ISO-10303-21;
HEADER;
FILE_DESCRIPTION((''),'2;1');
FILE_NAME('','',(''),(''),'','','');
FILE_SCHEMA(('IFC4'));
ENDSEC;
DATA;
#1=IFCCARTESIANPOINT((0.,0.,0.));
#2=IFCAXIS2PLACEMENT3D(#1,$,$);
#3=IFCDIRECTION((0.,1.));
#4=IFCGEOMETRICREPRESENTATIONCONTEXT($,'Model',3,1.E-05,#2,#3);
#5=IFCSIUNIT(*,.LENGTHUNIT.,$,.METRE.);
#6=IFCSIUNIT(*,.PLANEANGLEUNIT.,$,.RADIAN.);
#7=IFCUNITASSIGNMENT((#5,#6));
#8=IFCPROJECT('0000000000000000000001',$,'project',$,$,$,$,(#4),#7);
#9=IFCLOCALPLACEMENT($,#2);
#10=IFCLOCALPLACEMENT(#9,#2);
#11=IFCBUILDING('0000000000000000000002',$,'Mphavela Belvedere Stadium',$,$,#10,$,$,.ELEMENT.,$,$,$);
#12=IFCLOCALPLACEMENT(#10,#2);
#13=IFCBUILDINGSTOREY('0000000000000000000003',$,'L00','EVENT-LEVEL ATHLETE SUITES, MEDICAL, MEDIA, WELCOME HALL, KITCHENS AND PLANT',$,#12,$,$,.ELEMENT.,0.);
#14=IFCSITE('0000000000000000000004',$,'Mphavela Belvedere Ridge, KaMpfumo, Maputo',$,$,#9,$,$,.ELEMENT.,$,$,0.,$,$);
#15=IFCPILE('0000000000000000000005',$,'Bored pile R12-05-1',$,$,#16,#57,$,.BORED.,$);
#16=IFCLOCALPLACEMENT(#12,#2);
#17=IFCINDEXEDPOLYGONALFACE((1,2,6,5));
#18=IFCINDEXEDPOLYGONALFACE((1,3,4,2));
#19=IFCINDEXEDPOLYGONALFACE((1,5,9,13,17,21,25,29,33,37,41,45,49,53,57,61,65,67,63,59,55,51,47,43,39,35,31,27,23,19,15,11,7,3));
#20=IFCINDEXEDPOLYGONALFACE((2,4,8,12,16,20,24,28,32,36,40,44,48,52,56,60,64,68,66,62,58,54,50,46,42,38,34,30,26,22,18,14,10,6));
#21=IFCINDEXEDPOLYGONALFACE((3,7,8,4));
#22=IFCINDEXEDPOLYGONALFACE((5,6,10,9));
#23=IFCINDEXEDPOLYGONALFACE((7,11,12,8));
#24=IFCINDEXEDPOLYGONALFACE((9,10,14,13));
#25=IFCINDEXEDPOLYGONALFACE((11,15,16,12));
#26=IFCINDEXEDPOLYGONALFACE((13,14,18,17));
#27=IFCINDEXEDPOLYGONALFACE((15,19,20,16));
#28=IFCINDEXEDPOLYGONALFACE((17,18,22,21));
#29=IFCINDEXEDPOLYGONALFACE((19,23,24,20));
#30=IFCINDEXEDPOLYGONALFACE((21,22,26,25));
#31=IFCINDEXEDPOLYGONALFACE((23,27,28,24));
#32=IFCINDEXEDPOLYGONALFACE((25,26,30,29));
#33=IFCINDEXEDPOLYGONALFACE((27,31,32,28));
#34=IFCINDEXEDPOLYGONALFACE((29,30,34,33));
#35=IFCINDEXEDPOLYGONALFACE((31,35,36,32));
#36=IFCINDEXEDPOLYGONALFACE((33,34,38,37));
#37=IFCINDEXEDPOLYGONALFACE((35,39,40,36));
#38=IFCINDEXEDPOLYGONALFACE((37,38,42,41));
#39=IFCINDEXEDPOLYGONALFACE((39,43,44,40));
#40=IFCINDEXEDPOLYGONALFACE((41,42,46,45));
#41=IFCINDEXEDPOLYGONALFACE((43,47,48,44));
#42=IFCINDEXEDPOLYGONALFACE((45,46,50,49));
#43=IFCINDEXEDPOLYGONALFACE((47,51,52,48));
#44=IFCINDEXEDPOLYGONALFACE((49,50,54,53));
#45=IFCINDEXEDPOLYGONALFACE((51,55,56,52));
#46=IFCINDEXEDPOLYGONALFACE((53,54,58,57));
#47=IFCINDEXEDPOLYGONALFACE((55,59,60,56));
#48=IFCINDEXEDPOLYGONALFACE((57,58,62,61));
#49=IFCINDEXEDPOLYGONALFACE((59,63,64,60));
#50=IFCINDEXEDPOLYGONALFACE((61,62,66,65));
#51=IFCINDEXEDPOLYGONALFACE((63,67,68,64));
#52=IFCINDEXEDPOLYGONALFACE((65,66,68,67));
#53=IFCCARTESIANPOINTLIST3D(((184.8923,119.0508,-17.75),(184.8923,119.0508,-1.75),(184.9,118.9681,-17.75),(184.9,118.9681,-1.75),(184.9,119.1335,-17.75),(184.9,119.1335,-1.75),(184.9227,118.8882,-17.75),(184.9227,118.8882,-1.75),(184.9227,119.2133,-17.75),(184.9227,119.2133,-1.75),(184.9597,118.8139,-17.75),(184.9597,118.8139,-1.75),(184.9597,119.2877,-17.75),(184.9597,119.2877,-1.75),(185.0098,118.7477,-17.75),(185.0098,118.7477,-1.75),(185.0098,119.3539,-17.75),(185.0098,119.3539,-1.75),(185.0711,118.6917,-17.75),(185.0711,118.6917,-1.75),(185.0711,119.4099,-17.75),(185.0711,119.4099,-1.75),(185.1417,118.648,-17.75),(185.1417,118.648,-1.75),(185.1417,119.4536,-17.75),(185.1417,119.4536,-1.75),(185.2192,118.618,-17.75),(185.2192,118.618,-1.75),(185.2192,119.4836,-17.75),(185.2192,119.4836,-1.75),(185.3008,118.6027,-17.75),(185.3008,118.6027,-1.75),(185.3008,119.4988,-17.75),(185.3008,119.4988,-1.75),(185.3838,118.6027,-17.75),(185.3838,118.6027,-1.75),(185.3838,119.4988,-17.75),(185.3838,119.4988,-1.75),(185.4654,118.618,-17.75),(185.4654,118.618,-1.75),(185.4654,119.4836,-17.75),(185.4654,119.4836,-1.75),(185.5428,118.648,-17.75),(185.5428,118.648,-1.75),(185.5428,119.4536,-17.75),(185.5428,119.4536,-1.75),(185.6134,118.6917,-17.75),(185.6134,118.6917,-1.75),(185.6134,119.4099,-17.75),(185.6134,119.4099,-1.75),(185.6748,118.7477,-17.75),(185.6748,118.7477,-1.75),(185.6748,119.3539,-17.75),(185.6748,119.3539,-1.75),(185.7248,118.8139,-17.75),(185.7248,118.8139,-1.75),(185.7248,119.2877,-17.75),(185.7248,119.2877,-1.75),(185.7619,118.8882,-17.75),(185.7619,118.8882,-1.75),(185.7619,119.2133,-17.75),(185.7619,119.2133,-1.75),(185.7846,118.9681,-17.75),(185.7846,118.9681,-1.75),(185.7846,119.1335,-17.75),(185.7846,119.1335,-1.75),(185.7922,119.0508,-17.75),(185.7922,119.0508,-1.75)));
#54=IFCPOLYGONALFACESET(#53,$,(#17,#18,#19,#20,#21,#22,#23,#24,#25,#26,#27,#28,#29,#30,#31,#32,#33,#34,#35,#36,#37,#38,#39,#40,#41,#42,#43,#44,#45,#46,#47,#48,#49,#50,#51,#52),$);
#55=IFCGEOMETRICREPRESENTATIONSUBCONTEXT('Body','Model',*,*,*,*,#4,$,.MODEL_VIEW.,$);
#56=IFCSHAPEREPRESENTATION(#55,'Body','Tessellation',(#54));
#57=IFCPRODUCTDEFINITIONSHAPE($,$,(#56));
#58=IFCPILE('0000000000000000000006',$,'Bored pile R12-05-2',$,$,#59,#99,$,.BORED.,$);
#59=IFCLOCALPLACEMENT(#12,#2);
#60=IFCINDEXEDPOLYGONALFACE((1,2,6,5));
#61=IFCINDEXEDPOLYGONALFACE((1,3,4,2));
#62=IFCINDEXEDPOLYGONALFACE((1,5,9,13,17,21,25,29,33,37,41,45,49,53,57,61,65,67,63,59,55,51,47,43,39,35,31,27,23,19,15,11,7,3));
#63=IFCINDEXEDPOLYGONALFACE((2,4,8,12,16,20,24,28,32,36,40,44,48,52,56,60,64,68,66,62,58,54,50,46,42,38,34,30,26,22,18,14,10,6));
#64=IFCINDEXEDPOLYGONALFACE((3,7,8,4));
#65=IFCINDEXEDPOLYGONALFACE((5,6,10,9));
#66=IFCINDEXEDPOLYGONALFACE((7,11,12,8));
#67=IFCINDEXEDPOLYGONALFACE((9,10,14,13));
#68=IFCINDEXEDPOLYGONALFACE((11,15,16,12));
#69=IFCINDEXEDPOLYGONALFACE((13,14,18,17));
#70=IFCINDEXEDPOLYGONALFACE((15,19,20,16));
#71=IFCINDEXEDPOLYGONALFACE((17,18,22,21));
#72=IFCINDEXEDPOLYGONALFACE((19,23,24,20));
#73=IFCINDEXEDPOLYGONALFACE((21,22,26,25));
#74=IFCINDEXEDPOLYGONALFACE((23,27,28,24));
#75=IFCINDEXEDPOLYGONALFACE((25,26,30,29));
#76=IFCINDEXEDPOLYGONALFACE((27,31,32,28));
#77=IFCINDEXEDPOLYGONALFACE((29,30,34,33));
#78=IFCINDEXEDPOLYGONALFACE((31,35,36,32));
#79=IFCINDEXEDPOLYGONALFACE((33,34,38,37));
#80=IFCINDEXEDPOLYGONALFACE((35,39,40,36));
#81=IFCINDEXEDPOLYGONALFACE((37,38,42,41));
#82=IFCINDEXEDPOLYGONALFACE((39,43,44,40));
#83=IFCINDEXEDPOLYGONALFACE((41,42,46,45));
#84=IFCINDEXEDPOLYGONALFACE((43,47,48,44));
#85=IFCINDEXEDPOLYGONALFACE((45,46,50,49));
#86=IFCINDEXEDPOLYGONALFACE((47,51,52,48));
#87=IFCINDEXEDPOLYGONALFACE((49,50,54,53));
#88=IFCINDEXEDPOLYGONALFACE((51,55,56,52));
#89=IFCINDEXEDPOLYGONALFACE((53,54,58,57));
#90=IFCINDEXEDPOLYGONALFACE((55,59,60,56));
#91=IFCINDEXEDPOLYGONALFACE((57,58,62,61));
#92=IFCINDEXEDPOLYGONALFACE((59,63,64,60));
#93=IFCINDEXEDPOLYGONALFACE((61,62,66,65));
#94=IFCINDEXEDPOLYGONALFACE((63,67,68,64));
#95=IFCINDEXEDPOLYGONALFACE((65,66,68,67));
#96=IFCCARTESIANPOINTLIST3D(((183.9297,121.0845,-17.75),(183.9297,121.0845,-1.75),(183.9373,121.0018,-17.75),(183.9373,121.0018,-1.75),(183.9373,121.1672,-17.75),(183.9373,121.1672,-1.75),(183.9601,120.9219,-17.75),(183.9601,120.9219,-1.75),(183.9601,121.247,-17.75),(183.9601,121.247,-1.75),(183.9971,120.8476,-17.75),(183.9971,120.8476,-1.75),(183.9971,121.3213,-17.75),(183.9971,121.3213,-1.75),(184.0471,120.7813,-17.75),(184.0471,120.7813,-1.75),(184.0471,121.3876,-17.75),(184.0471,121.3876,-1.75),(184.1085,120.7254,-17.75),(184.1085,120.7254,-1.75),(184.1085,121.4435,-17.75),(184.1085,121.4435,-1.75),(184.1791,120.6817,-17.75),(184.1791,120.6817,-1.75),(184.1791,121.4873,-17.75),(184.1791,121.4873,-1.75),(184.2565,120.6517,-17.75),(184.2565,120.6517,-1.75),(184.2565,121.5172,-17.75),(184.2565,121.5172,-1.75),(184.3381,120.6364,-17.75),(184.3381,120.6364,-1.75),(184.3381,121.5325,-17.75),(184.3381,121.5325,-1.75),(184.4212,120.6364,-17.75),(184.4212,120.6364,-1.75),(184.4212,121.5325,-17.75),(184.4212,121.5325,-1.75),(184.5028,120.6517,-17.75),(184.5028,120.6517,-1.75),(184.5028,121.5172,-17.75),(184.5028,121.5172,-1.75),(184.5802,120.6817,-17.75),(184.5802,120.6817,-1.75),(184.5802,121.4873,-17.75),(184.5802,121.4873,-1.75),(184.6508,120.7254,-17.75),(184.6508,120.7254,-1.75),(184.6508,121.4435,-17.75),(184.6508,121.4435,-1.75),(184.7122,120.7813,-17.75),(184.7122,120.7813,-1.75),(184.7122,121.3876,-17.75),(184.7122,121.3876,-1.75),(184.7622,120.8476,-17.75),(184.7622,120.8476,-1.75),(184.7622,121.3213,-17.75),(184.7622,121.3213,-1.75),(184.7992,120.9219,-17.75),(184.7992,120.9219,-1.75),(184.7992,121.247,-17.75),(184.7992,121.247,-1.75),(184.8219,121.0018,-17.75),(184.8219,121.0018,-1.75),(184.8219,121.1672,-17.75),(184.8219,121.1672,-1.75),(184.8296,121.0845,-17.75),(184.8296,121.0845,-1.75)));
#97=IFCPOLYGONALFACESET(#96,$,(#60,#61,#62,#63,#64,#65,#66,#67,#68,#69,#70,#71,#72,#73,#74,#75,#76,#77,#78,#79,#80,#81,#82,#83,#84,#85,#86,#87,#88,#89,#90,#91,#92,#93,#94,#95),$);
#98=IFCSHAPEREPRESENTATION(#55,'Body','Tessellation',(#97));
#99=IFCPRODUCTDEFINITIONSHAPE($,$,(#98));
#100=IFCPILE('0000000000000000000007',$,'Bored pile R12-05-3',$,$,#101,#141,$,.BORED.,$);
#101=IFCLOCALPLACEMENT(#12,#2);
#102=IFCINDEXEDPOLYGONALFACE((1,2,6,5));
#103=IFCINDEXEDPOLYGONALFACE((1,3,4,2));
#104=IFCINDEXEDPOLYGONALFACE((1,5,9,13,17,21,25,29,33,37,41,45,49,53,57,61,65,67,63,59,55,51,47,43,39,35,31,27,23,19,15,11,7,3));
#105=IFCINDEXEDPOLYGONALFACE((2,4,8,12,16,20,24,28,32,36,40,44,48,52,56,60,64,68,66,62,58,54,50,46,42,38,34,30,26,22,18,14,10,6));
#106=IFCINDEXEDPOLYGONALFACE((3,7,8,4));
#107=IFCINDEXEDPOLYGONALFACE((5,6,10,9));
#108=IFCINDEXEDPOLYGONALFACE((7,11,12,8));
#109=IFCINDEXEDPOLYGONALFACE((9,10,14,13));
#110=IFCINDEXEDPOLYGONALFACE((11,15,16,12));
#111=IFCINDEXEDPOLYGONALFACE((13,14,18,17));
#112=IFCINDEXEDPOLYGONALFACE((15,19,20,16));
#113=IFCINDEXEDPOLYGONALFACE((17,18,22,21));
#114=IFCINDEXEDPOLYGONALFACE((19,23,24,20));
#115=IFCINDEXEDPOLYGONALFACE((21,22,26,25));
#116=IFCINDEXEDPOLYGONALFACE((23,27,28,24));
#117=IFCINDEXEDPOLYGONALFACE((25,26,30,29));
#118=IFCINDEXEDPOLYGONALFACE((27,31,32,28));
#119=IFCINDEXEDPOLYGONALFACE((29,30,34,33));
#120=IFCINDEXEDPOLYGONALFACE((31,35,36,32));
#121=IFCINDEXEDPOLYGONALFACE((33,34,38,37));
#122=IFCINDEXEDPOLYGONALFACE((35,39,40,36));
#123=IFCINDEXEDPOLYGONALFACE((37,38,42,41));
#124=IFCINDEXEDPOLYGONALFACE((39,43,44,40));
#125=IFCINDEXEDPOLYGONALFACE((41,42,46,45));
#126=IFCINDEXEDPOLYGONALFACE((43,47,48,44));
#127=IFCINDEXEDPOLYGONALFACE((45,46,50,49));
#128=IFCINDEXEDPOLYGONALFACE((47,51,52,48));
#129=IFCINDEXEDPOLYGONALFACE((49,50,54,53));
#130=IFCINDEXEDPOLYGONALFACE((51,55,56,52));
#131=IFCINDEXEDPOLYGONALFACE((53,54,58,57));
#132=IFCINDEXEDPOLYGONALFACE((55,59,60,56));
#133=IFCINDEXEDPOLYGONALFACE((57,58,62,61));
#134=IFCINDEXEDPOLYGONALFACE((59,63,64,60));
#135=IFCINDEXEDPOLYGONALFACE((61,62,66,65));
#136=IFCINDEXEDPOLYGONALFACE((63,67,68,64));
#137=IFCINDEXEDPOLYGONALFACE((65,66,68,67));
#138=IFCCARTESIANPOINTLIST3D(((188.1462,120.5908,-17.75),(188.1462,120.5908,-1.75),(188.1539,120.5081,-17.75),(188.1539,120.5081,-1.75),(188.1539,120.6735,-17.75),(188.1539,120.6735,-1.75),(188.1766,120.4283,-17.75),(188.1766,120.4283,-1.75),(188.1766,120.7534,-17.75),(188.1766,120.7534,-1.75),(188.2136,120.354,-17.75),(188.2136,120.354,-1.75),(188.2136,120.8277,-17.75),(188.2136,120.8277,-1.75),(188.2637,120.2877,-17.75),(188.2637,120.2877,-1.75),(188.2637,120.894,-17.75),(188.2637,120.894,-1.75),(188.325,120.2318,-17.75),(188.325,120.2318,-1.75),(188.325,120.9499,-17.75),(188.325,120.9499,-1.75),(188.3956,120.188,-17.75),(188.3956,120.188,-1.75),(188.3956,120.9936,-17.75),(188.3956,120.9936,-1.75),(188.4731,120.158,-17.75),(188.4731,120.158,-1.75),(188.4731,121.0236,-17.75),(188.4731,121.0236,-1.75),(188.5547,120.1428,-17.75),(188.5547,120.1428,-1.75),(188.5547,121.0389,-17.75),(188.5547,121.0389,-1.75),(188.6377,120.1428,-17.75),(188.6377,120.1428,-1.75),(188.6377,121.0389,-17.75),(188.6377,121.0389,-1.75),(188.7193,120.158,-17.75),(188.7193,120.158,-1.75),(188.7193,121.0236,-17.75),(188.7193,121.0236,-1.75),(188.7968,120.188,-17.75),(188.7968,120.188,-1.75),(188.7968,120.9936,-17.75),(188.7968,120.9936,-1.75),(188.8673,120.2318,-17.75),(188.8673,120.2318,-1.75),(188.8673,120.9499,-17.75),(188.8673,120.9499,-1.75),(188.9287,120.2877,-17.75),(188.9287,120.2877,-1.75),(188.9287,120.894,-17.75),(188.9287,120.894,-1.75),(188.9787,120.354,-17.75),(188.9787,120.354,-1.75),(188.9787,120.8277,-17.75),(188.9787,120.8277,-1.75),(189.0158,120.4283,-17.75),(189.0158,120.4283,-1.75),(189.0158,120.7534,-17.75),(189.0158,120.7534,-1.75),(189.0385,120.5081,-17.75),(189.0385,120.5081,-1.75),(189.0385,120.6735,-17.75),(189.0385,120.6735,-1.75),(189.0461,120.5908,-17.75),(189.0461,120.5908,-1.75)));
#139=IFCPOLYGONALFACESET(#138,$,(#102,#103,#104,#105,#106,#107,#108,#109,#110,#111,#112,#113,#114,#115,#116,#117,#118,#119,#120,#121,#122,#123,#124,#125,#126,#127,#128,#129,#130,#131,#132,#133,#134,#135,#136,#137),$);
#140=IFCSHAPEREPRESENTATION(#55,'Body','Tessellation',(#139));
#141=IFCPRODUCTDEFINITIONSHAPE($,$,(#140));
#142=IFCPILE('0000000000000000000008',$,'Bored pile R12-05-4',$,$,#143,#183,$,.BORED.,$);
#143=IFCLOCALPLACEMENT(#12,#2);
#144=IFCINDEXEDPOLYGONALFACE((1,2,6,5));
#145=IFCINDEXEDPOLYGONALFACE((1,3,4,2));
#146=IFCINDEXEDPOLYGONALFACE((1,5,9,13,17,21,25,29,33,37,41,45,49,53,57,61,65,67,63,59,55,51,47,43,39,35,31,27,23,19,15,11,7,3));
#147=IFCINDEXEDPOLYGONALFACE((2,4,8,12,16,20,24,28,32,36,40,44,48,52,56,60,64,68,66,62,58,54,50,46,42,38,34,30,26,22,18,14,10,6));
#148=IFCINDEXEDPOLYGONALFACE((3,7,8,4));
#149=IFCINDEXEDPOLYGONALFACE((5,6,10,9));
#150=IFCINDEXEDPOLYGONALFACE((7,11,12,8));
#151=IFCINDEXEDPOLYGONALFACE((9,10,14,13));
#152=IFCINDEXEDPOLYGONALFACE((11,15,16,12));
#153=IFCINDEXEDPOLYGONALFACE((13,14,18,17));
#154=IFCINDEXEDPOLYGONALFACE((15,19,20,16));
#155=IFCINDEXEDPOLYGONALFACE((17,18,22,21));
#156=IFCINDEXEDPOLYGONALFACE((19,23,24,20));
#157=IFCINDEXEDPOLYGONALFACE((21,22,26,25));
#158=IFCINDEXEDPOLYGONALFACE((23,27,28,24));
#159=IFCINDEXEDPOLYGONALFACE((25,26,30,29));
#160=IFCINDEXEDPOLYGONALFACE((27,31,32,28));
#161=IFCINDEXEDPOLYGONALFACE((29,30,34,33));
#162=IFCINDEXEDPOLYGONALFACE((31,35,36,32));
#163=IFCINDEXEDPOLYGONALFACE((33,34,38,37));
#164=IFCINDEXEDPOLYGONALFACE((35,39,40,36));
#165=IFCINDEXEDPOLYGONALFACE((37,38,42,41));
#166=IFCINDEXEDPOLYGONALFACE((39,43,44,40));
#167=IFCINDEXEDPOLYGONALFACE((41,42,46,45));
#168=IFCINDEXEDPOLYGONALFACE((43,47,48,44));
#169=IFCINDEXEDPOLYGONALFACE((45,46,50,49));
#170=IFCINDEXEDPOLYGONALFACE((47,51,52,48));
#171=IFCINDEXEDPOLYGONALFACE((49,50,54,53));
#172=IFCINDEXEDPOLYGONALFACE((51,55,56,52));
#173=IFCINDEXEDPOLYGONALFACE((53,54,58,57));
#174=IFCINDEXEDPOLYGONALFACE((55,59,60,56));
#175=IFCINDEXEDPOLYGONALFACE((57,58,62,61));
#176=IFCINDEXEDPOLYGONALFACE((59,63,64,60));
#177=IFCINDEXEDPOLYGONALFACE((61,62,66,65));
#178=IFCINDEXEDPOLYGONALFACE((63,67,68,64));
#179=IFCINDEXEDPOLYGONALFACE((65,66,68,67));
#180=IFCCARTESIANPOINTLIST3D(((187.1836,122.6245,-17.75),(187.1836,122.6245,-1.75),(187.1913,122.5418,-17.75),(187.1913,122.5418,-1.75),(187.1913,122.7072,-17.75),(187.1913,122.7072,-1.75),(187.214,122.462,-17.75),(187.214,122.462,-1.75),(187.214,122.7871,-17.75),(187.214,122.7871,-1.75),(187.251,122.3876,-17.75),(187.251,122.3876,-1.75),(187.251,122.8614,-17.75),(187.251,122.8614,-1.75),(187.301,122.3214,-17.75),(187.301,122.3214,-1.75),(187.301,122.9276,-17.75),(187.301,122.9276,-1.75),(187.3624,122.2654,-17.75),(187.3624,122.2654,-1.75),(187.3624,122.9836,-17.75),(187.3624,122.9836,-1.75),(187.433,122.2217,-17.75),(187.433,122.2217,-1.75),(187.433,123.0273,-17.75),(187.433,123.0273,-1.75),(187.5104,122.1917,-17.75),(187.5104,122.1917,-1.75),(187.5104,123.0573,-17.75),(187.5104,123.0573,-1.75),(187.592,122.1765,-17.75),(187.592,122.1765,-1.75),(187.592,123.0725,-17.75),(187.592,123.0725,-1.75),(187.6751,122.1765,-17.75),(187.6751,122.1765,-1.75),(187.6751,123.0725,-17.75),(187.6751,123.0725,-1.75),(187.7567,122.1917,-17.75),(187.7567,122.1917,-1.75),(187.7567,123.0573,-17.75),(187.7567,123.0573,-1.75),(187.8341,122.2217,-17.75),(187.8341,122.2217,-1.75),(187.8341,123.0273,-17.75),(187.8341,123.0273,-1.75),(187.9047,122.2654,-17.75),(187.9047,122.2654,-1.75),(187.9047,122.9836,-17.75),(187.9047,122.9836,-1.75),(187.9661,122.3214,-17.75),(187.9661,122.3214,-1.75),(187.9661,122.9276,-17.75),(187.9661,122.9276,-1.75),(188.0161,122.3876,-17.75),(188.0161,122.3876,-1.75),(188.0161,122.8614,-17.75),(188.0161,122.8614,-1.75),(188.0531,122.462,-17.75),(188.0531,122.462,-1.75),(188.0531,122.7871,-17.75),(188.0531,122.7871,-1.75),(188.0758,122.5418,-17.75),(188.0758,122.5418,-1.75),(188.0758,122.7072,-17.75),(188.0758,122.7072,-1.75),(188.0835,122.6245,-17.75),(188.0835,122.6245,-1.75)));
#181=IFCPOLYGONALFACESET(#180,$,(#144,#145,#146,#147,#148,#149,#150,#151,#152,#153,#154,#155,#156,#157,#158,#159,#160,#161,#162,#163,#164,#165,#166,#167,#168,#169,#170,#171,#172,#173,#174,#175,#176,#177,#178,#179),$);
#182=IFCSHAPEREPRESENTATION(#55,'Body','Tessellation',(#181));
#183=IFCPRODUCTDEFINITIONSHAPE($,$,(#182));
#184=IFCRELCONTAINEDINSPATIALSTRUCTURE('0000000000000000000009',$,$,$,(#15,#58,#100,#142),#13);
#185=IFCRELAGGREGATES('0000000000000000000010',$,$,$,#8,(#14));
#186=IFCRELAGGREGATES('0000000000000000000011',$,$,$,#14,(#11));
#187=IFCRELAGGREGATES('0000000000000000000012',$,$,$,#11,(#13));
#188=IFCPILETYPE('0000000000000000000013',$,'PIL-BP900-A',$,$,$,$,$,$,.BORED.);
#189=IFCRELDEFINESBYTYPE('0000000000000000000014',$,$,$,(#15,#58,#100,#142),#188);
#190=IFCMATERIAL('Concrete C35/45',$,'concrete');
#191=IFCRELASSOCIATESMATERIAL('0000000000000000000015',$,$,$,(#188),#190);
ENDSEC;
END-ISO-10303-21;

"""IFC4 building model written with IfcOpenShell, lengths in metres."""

from ifc_helpers import new_model, si_unit, direction, frame, origin, origin_2d, place, context, subcontext, project, spatial, circle, extrude, material, material_profile, profile_set, type_object, element, save


model = new_model("IFC4")

# Units and contexts
model_context = context("Model", 3, precision=1e-05, world=origin(), true_north=direction((0.0, 1.0)))
body_context = subcontext(model_context, "Body", "Model", "MODEL_VIEW")
ifc_project = project(units=[si_unit("LENGTHUNIT", "METRE"), si_unit("PLANEANGLEUNIT", "RADIAN")], contexts=[model_context])

# Site, building, storey
site_placement = place(None, origin())
site = spatial("IfcSite", under=ifc_project, at=site_placement, Name="Mphavela Belvedere Ridge, KaMpfumo, Maputo", CompositionType="ELEMENT", RefElevation=0.0)
building_placement = place(site_placement, origin())
building = spatial("IfcBuilding", under=site, at=building_placement, Name="Mphavela Belvedere Stadium", CompositionType="ELEMENT")
storey_placement = place(building_placement, origin())
storey = spatial("IfcBuildingStorey", under=building, at=storey_placement, Name="L00", Description="EVENT-LEVEL ATHLETE SUITES, MEDICAL, MEDIA, WELCOME HALL, KITCHENS AND PLANT", CompositionType="ELEMENT", Elevation=0.0)

# Piles
ifc_material_1 = material(Name="Concrete C35/45", Category="concrete")
ifc_material_profile_1 = material_profile(ifc_material_1, circle(Radius=0.45, at=origin_2d()), Name="BP D900")
ifc_profile_set_1 = profile_set([ifc_material_profile_1], Name="Concrete C35/45")
pile_type_1 = type_object("IfcPileType", Name="PIL-BP900-A", PredefinedType="BORED", material=ifc_profile_set_1)
for number, where, z_axis, x_axis, name in (
    (1, (185.3423, 119.0508, -1.75), (0.0, 0.0, -1.0), (1.0, 0.0, 0.0), "Bored pile R12-05-1"),
    (2, (184.3796, 121.0845, -1.75), (0.0, 0.0, -1.0), (1.0, 0.0, 0.0), "Bored pile R12-05-2"),
    (3, (188.5962, 120.5908, -1.75), (0.0, 0.0, -1.0), (1.0, 0.0, 0.0), "Bored pile R12-05-3"),
    (4, (187.6335, 122.6245, -1.75), (0.0, 0.0, -1.0), (1.0, 0.0, 0.0), "Bored pile R12-05-4"),
):
    element("IfcPile", number, at=place(storey_placement, frame(where, z_axis=z_axis, x_axis=x_axis)), inside=storey, type_object=pile_type_1, Name=name, PredefinedType="BORED", context=body_context, shape_type="SweptSolid", body=[
        extrude(circle(Radius=0.45, at=origin_2d()), origin(), (0.0, 0.0, 1.0), 16.0),
    ])

save(model, "model.ifc")
